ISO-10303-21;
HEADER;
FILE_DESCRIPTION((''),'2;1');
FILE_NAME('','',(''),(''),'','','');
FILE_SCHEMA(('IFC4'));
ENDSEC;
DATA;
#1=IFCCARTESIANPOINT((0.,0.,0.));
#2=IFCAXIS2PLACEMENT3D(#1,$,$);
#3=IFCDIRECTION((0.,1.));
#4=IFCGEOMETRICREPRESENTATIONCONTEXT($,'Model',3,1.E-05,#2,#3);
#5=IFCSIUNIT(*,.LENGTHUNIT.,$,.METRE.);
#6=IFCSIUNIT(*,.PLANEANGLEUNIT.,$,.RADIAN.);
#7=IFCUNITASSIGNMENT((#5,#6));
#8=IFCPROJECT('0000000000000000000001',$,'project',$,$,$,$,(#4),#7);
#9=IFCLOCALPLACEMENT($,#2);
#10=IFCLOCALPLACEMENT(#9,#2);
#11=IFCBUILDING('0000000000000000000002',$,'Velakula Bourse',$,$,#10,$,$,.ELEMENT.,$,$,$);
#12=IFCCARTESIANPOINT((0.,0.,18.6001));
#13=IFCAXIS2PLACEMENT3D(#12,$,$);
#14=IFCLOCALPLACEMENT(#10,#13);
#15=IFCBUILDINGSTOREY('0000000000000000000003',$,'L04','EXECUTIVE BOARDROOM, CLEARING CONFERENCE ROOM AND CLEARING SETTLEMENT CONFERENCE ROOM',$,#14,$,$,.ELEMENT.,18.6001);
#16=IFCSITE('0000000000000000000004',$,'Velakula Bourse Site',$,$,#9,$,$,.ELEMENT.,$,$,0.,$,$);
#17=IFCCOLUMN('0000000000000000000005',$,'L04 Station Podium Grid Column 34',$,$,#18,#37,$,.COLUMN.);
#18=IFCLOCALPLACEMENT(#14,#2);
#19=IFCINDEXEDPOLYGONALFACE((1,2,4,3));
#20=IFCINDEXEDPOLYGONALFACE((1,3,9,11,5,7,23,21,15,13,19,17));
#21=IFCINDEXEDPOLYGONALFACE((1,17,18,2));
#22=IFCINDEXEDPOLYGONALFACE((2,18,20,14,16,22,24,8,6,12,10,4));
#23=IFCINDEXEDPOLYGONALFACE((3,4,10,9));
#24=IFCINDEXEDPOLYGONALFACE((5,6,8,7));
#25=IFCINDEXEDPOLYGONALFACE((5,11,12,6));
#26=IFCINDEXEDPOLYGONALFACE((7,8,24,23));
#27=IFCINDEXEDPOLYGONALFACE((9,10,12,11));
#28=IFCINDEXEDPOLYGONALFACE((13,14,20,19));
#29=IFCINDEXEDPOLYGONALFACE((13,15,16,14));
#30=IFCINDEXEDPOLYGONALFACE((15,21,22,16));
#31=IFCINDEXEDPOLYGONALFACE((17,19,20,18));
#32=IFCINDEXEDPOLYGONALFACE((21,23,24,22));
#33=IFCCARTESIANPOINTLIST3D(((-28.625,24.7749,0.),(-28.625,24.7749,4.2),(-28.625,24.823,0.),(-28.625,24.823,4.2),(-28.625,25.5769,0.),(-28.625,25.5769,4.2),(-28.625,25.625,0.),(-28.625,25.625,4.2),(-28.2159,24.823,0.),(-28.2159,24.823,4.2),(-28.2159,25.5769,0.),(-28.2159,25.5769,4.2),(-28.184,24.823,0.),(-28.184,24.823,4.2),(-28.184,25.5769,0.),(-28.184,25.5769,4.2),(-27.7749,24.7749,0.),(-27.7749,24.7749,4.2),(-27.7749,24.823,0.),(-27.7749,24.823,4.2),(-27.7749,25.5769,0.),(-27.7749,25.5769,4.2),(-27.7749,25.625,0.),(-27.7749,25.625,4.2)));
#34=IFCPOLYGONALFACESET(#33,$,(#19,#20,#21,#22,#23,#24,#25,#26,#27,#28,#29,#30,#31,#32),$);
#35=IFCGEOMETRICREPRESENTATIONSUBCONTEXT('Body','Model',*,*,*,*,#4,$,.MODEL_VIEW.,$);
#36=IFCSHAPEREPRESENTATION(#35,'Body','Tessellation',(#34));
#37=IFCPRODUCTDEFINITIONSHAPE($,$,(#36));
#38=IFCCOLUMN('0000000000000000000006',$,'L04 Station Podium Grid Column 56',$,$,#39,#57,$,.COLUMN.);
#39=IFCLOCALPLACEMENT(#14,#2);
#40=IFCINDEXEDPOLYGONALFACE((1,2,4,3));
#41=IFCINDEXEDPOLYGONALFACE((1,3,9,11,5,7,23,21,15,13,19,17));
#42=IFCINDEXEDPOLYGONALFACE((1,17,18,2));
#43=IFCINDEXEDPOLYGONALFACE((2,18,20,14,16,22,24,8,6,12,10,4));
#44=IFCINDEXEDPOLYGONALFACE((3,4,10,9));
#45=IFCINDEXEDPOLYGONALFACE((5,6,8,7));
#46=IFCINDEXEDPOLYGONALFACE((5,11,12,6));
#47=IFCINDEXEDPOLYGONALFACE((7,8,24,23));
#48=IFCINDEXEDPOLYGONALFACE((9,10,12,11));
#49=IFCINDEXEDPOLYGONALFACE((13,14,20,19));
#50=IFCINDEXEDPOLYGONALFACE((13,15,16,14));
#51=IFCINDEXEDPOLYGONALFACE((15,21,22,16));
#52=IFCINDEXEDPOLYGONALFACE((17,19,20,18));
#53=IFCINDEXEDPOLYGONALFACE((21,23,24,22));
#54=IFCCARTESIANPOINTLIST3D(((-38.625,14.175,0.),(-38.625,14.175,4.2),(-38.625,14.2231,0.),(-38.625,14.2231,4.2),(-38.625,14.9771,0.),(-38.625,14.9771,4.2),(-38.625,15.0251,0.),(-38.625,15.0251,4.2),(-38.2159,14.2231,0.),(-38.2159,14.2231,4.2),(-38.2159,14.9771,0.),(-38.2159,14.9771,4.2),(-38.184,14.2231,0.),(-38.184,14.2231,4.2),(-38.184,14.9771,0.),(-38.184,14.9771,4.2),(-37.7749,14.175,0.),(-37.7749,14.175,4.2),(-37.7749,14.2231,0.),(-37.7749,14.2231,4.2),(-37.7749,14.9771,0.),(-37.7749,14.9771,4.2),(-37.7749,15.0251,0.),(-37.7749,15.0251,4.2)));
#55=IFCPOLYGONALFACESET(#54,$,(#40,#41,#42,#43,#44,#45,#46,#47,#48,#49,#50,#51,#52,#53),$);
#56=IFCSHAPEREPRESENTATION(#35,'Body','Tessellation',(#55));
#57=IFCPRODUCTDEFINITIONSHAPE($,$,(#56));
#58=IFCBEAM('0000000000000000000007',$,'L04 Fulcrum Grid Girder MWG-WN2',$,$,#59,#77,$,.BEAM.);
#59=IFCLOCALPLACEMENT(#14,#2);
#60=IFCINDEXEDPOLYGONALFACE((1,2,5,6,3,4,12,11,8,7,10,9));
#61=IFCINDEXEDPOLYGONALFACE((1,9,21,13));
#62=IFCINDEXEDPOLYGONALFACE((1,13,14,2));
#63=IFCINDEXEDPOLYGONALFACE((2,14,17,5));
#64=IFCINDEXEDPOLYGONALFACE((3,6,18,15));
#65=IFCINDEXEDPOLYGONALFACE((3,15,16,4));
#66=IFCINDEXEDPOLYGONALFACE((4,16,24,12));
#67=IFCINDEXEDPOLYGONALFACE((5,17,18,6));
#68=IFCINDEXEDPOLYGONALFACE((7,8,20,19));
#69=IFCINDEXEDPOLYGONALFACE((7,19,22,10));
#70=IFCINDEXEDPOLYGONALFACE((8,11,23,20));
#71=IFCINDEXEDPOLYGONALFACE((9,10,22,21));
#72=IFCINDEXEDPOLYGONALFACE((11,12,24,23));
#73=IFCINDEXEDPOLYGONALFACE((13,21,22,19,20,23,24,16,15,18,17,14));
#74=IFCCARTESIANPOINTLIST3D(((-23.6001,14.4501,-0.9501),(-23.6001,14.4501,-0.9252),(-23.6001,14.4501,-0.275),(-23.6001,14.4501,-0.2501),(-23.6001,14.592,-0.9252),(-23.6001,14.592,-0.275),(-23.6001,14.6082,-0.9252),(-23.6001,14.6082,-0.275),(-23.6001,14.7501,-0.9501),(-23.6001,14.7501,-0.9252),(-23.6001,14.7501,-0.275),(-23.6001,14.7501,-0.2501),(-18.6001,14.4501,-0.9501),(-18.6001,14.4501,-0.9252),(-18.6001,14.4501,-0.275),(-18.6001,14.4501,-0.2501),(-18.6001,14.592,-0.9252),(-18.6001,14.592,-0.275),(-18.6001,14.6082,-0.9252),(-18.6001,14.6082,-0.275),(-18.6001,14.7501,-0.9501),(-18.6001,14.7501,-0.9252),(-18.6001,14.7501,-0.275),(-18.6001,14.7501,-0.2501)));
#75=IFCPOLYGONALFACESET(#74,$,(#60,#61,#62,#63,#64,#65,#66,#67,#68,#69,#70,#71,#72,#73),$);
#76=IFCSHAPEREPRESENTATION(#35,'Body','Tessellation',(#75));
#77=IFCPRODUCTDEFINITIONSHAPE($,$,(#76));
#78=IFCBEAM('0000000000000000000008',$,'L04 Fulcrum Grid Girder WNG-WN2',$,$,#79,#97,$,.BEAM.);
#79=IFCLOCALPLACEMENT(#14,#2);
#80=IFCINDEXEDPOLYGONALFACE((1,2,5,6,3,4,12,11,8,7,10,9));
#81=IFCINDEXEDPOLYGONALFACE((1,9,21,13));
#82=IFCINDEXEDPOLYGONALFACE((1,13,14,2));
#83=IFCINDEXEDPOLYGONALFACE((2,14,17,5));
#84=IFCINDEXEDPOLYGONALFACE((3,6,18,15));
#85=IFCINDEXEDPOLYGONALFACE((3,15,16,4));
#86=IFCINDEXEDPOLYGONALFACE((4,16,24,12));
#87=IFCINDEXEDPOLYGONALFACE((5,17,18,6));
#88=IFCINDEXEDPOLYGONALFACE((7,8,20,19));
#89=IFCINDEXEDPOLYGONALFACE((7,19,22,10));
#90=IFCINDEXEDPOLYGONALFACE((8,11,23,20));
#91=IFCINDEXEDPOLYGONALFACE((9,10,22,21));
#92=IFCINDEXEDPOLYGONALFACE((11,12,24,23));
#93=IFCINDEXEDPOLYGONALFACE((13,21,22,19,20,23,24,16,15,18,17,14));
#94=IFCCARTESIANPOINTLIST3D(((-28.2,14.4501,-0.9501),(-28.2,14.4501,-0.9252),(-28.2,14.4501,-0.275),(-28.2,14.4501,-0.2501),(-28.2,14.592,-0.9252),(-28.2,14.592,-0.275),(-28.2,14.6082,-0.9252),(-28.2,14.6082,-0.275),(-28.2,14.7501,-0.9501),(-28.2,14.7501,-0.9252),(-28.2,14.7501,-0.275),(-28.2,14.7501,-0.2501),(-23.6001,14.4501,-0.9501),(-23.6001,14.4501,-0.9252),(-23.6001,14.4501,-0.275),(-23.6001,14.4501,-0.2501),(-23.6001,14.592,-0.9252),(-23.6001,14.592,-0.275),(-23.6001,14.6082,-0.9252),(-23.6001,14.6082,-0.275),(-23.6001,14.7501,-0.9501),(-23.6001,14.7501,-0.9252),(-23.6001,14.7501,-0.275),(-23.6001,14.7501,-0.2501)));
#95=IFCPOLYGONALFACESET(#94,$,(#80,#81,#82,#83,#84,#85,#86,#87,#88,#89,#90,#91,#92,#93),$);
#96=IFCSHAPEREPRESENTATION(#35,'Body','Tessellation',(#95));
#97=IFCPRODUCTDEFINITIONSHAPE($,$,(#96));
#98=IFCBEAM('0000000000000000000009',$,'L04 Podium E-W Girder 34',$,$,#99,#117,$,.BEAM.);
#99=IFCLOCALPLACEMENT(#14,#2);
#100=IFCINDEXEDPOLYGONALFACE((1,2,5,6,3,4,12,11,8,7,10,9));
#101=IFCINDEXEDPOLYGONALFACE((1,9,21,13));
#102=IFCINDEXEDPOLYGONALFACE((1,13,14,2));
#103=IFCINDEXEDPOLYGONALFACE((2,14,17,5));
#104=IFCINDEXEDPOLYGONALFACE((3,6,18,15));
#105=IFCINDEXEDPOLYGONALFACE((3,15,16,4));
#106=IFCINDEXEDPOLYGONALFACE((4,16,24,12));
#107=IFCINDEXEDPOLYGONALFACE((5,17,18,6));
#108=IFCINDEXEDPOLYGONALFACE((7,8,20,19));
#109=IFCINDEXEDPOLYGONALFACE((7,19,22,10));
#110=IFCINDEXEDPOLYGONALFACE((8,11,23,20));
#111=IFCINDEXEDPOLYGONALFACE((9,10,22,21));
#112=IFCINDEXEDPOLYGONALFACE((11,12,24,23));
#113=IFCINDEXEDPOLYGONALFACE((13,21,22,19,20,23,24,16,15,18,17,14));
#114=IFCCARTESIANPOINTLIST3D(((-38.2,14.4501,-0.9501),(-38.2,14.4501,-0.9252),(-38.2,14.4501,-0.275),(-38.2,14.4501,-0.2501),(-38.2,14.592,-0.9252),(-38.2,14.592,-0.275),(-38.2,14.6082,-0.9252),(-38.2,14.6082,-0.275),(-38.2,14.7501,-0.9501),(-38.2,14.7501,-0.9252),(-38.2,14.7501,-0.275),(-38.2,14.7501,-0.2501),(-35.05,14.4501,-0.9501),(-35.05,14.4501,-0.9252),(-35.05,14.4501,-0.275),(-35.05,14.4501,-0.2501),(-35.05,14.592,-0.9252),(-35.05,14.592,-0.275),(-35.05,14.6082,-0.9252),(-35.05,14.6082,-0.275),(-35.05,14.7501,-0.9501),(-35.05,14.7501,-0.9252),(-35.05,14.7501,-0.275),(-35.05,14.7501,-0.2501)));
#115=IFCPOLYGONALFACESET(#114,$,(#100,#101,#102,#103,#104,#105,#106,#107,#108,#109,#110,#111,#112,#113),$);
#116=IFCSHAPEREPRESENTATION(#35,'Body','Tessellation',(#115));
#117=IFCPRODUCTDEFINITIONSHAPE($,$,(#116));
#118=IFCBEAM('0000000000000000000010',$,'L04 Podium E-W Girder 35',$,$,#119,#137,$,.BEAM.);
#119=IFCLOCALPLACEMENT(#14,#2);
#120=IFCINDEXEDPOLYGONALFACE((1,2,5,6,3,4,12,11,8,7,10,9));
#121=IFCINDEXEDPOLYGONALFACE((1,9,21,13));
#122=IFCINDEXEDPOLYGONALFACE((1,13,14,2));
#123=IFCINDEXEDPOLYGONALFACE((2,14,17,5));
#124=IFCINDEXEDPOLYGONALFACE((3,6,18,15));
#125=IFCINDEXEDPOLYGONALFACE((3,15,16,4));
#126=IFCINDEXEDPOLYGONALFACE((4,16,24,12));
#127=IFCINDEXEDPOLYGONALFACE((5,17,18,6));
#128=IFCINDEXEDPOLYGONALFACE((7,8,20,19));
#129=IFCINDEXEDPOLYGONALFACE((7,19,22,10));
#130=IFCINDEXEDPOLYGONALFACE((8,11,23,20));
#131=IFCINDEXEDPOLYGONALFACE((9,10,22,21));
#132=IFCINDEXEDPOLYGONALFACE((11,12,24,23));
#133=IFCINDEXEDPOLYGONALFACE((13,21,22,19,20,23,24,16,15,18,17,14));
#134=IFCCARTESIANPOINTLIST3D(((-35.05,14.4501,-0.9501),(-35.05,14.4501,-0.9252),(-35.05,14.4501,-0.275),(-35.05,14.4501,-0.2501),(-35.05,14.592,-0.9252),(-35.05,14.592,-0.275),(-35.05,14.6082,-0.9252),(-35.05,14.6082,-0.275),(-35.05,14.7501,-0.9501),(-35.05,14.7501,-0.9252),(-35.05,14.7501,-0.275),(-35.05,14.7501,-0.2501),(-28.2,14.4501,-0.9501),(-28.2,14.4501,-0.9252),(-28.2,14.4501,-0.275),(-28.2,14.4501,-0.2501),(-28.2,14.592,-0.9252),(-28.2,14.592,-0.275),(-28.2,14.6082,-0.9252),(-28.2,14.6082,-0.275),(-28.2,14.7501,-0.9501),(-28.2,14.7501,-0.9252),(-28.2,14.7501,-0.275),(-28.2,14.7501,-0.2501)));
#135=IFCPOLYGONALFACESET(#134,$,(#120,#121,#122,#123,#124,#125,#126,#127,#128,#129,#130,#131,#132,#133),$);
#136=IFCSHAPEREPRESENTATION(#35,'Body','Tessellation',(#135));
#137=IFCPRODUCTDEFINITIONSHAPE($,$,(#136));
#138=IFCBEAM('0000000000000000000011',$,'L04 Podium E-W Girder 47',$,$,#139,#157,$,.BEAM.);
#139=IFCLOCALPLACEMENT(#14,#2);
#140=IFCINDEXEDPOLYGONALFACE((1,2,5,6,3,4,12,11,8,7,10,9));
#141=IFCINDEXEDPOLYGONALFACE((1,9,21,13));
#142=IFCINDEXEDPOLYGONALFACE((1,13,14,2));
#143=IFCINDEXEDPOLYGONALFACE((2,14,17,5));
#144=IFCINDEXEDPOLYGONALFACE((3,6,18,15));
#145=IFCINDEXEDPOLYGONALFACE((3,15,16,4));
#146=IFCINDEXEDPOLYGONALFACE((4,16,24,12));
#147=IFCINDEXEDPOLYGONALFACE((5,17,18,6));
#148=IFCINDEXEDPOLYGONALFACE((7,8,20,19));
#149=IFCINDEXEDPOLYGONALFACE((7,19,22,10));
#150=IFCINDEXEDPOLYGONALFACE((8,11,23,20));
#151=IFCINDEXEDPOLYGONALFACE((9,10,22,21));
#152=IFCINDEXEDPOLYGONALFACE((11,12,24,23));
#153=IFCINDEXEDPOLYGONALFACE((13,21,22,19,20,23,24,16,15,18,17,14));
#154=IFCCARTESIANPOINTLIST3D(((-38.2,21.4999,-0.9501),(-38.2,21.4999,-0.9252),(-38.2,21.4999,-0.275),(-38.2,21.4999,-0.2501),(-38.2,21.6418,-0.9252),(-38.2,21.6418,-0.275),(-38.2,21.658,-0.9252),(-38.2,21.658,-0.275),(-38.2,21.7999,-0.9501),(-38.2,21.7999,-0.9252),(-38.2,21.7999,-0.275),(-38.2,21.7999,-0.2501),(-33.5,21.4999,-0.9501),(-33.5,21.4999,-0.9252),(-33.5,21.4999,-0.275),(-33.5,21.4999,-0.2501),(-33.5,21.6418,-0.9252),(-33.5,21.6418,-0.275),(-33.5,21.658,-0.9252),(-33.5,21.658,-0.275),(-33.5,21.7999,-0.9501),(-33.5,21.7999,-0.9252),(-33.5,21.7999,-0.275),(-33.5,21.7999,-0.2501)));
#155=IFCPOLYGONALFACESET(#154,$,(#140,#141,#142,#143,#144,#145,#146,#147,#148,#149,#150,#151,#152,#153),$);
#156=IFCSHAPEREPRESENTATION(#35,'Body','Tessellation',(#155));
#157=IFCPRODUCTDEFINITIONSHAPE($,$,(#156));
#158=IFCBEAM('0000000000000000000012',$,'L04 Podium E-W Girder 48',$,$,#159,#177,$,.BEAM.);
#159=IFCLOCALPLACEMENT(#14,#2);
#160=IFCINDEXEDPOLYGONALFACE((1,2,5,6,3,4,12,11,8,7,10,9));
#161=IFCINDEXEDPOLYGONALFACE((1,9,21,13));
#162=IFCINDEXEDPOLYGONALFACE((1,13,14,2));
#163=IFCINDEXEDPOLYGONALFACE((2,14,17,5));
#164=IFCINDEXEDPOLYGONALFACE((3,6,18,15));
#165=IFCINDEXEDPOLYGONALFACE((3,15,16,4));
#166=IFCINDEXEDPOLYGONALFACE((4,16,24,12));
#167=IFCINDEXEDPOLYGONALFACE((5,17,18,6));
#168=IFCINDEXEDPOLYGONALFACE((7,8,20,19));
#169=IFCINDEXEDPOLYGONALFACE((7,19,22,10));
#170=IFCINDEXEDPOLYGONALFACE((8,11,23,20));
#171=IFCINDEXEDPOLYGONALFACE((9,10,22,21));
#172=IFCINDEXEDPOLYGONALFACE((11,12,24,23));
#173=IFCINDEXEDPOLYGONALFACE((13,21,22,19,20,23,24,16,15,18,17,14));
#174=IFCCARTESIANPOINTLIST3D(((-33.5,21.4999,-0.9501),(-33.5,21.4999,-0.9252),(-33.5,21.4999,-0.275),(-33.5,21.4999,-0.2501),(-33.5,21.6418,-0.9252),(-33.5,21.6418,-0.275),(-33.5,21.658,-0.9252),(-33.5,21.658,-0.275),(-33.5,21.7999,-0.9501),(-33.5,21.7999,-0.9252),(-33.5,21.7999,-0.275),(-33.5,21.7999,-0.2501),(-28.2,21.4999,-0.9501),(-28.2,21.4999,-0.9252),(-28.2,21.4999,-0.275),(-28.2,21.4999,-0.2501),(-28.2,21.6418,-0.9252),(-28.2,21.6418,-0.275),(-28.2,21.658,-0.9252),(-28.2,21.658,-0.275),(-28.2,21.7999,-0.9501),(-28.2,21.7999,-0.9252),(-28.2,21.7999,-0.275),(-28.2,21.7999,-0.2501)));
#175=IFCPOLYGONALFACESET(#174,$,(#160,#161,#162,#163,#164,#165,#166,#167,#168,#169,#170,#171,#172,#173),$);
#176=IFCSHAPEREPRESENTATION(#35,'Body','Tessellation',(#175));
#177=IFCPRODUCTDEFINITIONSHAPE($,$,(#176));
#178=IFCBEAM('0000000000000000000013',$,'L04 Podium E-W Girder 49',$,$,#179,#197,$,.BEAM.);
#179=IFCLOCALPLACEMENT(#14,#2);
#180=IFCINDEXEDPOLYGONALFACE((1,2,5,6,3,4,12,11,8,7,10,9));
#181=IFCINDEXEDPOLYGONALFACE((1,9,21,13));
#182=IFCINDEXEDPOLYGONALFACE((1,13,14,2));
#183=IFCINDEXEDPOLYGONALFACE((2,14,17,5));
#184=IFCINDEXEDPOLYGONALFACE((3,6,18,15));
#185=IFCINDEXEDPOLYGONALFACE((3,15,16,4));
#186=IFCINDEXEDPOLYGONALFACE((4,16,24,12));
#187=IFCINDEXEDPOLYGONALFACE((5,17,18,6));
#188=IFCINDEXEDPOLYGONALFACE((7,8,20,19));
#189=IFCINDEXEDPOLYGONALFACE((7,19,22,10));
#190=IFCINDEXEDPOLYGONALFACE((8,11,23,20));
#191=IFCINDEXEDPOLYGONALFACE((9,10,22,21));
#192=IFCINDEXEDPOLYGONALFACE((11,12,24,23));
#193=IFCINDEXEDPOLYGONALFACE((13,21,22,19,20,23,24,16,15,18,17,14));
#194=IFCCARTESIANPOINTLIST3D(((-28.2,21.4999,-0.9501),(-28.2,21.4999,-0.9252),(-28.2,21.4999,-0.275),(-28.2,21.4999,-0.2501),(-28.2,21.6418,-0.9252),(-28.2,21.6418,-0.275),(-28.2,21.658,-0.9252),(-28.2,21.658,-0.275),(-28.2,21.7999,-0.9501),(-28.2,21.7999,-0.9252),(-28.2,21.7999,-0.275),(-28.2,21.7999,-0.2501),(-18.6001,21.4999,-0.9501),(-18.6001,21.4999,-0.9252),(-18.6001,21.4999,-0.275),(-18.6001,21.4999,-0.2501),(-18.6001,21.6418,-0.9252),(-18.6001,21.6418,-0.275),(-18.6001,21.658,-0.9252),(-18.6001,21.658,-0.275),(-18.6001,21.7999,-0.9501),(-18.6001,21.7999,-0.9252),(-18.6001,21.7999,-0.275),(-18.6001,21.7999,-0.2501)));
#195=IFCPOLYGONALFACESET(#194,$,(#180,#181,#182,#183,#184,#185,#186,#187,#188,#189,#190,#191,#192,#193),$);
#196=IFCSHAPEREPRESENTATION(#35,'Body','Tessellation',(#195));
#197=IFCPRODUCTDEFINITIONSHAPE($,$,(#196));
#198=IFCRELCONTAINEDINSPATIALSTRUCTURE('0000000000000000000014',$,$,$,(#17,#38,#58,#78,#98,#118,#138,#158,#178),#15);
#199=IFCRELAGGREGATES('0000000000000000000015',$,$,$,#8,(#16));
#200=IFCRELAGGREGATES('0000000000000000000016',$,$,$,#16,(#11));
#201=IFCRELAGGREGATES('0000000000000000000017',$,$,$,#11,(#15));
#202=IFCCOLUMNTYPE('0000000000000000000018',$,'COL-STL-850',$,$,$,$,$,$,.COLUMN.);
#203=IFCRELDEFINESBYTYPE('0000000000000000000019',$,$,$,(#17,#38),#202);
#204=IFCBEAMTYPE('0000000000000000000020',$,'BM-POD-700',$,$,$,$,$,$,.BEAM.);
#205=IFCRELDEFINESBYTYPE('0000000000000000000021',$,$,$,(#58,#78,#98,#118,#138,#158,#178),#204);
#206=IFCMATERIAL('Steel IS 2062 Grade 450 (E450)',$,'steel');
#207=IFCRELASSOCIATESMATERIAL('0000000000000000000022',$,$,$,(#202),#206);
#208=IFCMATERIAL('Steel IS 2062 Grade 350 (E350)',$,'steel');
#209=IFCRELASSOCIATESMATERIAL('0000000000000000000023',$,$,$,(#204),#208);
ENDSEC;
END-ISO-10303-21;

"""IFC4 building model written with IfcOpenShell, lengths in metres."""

from ifc_helpers import new_model, si_unit, direction, frame, origin, origin_2d, place, context, subcontext, project, spatial, i_section, extrude, material, material_profile, profile_set, type_object, element, save


model = new_model("IFC4")

# Units and contexts
model_context = context("Model", 3, precision=1e-05, world=origin(), true_north=direction((0.0, 1.0)))
body_context = subcontext(model_context, "Body", "Model", "MODEL_VIEW")
ifc_project = project(units=[si_unit("LENGTHUNIT", "METRE"), si_unit("PLANEANGLEUNIT", "RADIAN")], contexts=[model_context])

# Site, building, storey
site_placement = place(None, origin())
site = spatial("IfcSite", under=ifc_project, at=site_placement, Name="Velakula Bourse Site", CompositionType="ELEMENT", RefElevation=0.0)
building_placement = place(site_placement, origin())
building = spatial("IfcBuilding", under=site, at=building_placement, Name="Velakula Bourse", CompositionType="ELEMENT")
storey_placement = place(building_placement, frame((0.0, 0.0, 18.6001)))
storey = spatial("IfcBuildingStorey", under=building, at=storey_placement, Name="L04", Description="EXECUTIVE BOARDROOM, CLEARING CONFERENCE ROOM AND CLEARING SETTLEMENT CONFERENCE ROOM", CompositionType="ELEMENT", Elevation=18.6001)

# Columns
ifc_material_1 = material(Name="Steel IS 2062 Grade 450 (E450)", Category="steel")
ifc_material_profile_1 = material_profile(ifc_material_1, i_section(OverallWidth=0.8501, OverallDepth=0.8501, WebThickness=0.032, FlangeThickness=0.0481, at=origin_2d()), Name="Steel IS 2062 Grade 450 (E450)")
ifc_profile_set_1 = profile_set([ifc_material_profile_1], Name="Steel IS 2062 Grade 450 (E450)")
column_type = type_object("IfcColumnType", Name="COL-STL-850", PredefinedType="COLUMN", material=ifc_profile_set_1)
for number, where, z_axis, x_axis, name in (
    (1, (-28.2, 25.2, 0.0), (0.0, 0.0, 1.0), (1.0, 0.0, 0.0), "L04 Station Podium Grid Column 34"),
    (2, (-38.2, 14.6001, 0.0), (0.0, 0.0, 1.0), (1.0, 0.0, 0.0), "L04 Station Podium Grid Column 56"),
):
    element("IfcColumn", number, at=place(storey_placement, frame(where, z_axis=z_axis, x_axis=x_axis)), inside=storey, type_object=column_type, Name=name, PredefinedType="COLUMN", context=body_context, shape_type="SweptSolid", body=[
        extrude(i_section(OverallWidth=0.8501, OverallDepth=0.8501, WebThickness=0.032, FlangeThickness=0.0481, at=origin_2d()), origin(), (0.0, 0.0, 1.0), 4.2),
    ])

# Beams
ifc_material_2 = material(Name="Steel IS 2062 Grade 350 (E350)", Category="steel")
ifc_material_profile_2 = material_profile(ifc_material_2, i_section(OverallWidth=0.3, OverallDepth=0.7, WebThickness=0.0161, FlangeThickness=0.0249, at=origin_2d()), Name="Steel IS 2062 Grade 350 (E350)")
ifc_profile_set_2 = profile_set([ifc_material_profile_2], Name="Steel IS 2062 Grade 350 (E350)")
beam_type_1 = type_object("IfcBeamType", Name="BM-POD-700", PredefinedType="BEAM", material=ifc_profile_set_2)
beam_1_placement = place(storey_placement, frame((-23.6001, 14.6001, -0.6001), z_axis=(1.0, 0.0, 0.0), x_axis=(0.0, 1.0, 0.0)))
element("IfcBeam", 3, at=beam_1_placement, inside=storey, type_object=beam_type_1, Name="L04 Fulcrum Grid Girder MWG-WN2", PredefinedType="BEAM", context=body_context, shape_type="SweptSolid", body=[
    extrude(i_section(OverallWidth=0.3, OverallDepth=0.7, WebThickness=0.0161, FlangeThickness=0.0249, at=origin_2d()), origin(), (0.0, 0.0, 1.0), 5.0),
])
beam_2_placement = place(storey_placement, frame((-28.2, 14.6001, -0.6001), z_axis=(1.0, 0.0, 0.0), x_axis=(0.0, 1.0, 0.0)))
element("IfcBeam", 4, at=beam_2_placement, inside=storey, type_object=beam_type_1, Name="L04 Fulcrum Grid Girder WNG-WN2", PredefinedType="BEAM", context=body_context, shape_type="SweptSolid", body=[
    extrude(i_section(OverallWidth=0.3, OverallDepth=0.7, WebThickness=0.0161, FlangeThickness=0.0249, at=origin_2d()), origin(), (0.0, 0.0, 1.0), 4.5999),
])
beam_3_placement = place(storey_placement, frame((-38.2, 14.6001, -0.6001), z_axis=(1.0, 0.0, 0.0), x_axis=(0.0, 1.0, 0.0)))
element("IfcBeam", 5, at=beam_3_placement, inside=storey, type_object=beam_type_1, Name="L04 Podium E-W Girder 34", PredefinedType="BEAM", context=body_context, shape_type="SweptSolid", body=[
    extrude(i_section(OverallWidth=0.3, OverallDepth=0.7, WebThickness=0.0161, FlangeThickness=0.0249, at=origin_2d()), origin(), (0.0, 0.0, 1.0), 3.1499),
])
beam_4_placement = place(storey_placement, frame((-35.05, 14.6001, -0.6001), z_axis=(1.0, 0.0, 0.0), x_axis=(0.0, 1.0, 0.0)))
element("IfcBeam", 6, at=beam_4_placement, inside=storey, type_object=beam_type_1, Name="L04 Podium E-W Girder 35", PredefinedType="BEAM", context=body_context, shape_type="SweptSolid", body=[
    extrude(i_section(OverallWidth=0.3, OverallDepth=0.7, WebThickness=0.0161, FlangeThickness=0.0249, at=origin_2d()), origin(), (0.0, 0.0, 1.0), 6.8501),
])
beam_5_placement = place(storey_placement, frame((-38.2, 21.6499, -0.6001), z_axis=(1.0, 0.0, 0.0), x_axis=(0.0, 1.0, 0.0)))
element("IfcBeam", 7, at=beam_5_placement, inside=storey, type_object=beam_type_1, Name="L04 Podium E-W Girder 47", PredefinedType="BEAM", context=body_context, shape_type="SweptSolid", body=[
    extrude(i_section(OverallWidth=0.3, OverallDepth=0.7, WebThickness=0.0161, FlangeThickness=0.0249, at=origin_2d()), origin(), (0.0, 0.0, 1.0), 4.7),
])
beam_6_placement = place(storey_placement, frame((-33.5, 21.6499, -0.6001), z_axis=(1.0, 0.0, 0.0), x_axis=(0.0, 1.0, 0.0)))
element("IfcBeam", 8, at=beam_6_placement, inside=storey, type_object=beam_type_1, Name="L04 Podium E-W Girder 48", PredefinedType="BEAM", context=body_context, shape_type="SweptSolid", body=[
    extrude(i_section(OverallWidth=0.3, OverallDepth=0.7, WebThickness=0.0161, FlangeThickness=0.0249, at=origin_2d()), origin(), (0.0, 0.0, 1.0), 5.3),
])
beam_7_placement = place(storey_placement, frame((-28.2, 21.6499, -0.6001), z_axis=(1.0, 0.0, 0.0), x_axis=(0.0, 1.0, 0.0)))
element("IfcBeam", 9, at=beam_7_placement, inside=storey, type_object=beam_type_1, Name="L04 Podium E-W Girder 49", PredefinedType="BEAM", context=body_context, shape_type="SweptSolid", body=[
    extrude(i_section(OverallWidth=0.3, OverallDepth=0.7, WebThickness=0.0161, FlangeThickness=0.0249, at=origin_2d()), origin(), (0.0, 0.0, 1.0), 9.5999),
])

save(model, "model.ifc")
